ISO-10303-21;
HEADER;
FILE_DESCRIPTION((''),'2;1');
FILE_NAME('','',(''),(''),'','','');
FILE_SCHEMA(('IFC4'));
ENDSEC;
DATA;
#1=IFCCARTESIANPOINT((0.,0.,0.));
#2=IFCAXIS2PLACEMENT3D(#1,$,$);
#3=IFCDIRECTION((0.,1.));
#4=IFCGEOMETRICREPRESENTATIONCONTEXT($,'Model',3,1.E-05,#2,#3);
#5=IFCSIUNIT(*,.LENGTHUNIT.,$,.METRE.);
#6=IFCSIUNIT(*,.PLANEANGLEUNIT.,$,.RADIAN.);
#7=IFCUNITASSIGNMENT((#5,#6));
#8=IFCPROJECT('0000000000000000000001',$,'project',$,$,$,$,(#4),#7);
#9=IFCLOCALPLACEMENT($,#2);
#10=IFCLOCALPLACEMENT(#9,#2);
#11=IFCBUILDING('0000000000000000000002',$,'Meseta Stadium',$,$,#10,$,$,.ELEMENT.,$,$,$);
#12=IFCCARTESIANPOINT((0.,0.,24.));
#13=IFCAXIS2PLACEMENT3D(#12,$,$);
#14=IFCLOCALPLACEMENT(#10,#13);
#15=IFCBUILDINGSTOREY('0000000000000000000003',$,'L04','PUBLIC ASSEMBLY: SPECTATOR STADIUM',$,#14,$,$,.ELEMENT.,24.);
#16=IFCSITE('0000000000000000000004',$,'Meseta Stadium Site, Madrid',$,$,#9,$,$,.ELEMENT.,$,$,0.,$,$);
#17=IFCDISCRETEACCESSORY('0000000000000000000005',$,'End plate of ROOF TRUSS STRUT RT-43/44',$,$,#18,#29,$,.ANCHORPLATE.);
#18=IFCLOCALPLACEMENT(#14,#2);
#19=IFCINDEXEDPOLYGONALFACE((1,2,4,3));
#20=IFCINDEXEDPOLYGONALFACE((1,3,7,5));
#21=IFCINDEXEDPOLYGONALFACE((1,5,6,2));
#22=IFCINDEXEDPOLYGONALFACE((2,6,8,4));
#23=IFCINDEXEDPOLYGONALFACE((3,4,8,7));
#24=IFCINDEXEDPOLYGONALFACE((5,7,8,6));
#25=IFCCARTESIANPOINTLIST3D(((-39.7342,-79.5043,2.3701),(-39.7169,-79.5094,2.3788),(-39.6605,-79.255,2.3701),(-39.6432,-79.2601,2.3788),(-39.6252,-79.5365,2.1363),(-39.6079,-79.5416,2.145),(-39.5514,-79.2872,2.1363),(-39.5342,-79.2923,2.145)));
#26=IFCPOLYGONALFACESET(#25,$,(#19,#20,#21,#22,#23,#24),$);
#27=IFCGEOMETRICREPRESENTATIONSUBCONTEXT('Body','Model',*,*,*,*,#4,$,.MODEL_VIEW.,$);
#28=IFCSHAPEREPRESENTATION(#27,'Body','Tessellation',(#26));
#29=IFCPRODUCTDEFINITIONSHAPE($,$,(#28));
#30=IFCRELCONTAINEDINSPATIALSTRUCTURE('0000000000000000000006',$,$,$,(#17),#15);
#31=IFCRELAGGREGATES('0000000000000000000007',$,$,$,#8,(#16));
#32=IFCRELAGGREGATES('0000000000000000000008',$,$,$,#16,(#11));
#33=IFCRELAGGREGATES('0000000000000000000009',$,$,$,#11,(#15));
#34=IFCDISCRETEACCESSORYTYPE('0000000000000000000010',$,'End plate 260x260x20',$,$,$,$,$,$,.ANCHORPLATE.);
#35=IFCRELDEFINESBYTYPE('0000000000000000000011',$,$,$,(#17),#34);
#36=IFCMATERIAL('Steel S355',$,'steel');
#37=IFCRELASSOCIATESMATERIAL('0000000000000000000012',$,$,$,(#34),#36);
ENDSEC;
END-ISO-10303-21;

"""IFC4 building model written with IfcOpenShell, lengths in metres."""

from ifc_helpers import new_model, si_unit, direction, frame, origin, origin_2d, place, context, subcontext, project, spatial, rectangle, extrude, material, material_profile, profile_set, type_object, element, save


model = new_model("IFC4")

# Units and contexts
model_context = context("Model", 3, precision=1e-05, world=origin(), true_north=direction((0.0, 1.0)))
body_context = subcontext(model_context, "Body", "Model", "MODEL_VIEW")
ifc_project = project(units=[si_unit("LENGTHUNIT", "METRE"), si_unit("PLANEANGLEUNIT", "RADIAN")], contexts=[model_context])

# Site, building, storey
site_placement = place(None, origin())
site = spatial("IfcSite", under=ifc_project, at=site_placement, Name="Meseta Stadium Site, Madrid", CompositionType="ELEMENT", RefElevation=0.0)
building_placement = place(site_placement, origin())
building = spatial("IfcBuilding", under=site, at=building_placement, Name="Meseta Stadium", CompositionType="ELEMENT")
storey_placement = place(building_placement, frame((0.0, 0.0, 24.0)))
storey = spatial("IfcBuildingStorey", under=building, at=storey_placement, Name="L04", Description="PUBLIC ASSEMBLY: SPECTATOR STADIUM", CompositionType="ELEMENT", Elevation=24.0)

# Discrete accessory
ifc_material_1 = material(Name="Steel S355", Category="steel")
ifc_material_profile_1 = material_profile(ifc_material_1, rectangle(XDim=0.26, YDim=0.26, at=origin_2d()), Name="PL 260x260")
ifc_profile_set_1 = profile_set([ifc_material_profile_1], Name="Steel S355")
discrete_accessory_type_1 = type_object("IfcDiscreteAccessoryType", Name="End plate 260x260x20", PredefinedType="ANCHORPLATE", material=ifc_profile_set_1)
discrete_accessory_1_placement = place(storey_placement, frame((-39.6428, -79.3958, 2.2532), z_axis=(0.862398, -0.255075, 0.437272), x_axis=(0.283628, 0.958934, 0.0)))
element("IfcDiscreteAccessory", 1, at=discrete_accessory_1_placement, inside=storey, type_object=discrete_accessory_type_1, Name="End plate of ROOF TRUSS STRUT RT-43/44", PredefinedType="ANCHORPLATE", context=body_context, shape_type="SweptSolid", body=[
    extrude(rectangle(XDim=0.26, YDim=0.26, at=origin_2d()), origin(), (0.0, 0.0, 1.0), 0.02),
])

save(model, "model.ifc")
